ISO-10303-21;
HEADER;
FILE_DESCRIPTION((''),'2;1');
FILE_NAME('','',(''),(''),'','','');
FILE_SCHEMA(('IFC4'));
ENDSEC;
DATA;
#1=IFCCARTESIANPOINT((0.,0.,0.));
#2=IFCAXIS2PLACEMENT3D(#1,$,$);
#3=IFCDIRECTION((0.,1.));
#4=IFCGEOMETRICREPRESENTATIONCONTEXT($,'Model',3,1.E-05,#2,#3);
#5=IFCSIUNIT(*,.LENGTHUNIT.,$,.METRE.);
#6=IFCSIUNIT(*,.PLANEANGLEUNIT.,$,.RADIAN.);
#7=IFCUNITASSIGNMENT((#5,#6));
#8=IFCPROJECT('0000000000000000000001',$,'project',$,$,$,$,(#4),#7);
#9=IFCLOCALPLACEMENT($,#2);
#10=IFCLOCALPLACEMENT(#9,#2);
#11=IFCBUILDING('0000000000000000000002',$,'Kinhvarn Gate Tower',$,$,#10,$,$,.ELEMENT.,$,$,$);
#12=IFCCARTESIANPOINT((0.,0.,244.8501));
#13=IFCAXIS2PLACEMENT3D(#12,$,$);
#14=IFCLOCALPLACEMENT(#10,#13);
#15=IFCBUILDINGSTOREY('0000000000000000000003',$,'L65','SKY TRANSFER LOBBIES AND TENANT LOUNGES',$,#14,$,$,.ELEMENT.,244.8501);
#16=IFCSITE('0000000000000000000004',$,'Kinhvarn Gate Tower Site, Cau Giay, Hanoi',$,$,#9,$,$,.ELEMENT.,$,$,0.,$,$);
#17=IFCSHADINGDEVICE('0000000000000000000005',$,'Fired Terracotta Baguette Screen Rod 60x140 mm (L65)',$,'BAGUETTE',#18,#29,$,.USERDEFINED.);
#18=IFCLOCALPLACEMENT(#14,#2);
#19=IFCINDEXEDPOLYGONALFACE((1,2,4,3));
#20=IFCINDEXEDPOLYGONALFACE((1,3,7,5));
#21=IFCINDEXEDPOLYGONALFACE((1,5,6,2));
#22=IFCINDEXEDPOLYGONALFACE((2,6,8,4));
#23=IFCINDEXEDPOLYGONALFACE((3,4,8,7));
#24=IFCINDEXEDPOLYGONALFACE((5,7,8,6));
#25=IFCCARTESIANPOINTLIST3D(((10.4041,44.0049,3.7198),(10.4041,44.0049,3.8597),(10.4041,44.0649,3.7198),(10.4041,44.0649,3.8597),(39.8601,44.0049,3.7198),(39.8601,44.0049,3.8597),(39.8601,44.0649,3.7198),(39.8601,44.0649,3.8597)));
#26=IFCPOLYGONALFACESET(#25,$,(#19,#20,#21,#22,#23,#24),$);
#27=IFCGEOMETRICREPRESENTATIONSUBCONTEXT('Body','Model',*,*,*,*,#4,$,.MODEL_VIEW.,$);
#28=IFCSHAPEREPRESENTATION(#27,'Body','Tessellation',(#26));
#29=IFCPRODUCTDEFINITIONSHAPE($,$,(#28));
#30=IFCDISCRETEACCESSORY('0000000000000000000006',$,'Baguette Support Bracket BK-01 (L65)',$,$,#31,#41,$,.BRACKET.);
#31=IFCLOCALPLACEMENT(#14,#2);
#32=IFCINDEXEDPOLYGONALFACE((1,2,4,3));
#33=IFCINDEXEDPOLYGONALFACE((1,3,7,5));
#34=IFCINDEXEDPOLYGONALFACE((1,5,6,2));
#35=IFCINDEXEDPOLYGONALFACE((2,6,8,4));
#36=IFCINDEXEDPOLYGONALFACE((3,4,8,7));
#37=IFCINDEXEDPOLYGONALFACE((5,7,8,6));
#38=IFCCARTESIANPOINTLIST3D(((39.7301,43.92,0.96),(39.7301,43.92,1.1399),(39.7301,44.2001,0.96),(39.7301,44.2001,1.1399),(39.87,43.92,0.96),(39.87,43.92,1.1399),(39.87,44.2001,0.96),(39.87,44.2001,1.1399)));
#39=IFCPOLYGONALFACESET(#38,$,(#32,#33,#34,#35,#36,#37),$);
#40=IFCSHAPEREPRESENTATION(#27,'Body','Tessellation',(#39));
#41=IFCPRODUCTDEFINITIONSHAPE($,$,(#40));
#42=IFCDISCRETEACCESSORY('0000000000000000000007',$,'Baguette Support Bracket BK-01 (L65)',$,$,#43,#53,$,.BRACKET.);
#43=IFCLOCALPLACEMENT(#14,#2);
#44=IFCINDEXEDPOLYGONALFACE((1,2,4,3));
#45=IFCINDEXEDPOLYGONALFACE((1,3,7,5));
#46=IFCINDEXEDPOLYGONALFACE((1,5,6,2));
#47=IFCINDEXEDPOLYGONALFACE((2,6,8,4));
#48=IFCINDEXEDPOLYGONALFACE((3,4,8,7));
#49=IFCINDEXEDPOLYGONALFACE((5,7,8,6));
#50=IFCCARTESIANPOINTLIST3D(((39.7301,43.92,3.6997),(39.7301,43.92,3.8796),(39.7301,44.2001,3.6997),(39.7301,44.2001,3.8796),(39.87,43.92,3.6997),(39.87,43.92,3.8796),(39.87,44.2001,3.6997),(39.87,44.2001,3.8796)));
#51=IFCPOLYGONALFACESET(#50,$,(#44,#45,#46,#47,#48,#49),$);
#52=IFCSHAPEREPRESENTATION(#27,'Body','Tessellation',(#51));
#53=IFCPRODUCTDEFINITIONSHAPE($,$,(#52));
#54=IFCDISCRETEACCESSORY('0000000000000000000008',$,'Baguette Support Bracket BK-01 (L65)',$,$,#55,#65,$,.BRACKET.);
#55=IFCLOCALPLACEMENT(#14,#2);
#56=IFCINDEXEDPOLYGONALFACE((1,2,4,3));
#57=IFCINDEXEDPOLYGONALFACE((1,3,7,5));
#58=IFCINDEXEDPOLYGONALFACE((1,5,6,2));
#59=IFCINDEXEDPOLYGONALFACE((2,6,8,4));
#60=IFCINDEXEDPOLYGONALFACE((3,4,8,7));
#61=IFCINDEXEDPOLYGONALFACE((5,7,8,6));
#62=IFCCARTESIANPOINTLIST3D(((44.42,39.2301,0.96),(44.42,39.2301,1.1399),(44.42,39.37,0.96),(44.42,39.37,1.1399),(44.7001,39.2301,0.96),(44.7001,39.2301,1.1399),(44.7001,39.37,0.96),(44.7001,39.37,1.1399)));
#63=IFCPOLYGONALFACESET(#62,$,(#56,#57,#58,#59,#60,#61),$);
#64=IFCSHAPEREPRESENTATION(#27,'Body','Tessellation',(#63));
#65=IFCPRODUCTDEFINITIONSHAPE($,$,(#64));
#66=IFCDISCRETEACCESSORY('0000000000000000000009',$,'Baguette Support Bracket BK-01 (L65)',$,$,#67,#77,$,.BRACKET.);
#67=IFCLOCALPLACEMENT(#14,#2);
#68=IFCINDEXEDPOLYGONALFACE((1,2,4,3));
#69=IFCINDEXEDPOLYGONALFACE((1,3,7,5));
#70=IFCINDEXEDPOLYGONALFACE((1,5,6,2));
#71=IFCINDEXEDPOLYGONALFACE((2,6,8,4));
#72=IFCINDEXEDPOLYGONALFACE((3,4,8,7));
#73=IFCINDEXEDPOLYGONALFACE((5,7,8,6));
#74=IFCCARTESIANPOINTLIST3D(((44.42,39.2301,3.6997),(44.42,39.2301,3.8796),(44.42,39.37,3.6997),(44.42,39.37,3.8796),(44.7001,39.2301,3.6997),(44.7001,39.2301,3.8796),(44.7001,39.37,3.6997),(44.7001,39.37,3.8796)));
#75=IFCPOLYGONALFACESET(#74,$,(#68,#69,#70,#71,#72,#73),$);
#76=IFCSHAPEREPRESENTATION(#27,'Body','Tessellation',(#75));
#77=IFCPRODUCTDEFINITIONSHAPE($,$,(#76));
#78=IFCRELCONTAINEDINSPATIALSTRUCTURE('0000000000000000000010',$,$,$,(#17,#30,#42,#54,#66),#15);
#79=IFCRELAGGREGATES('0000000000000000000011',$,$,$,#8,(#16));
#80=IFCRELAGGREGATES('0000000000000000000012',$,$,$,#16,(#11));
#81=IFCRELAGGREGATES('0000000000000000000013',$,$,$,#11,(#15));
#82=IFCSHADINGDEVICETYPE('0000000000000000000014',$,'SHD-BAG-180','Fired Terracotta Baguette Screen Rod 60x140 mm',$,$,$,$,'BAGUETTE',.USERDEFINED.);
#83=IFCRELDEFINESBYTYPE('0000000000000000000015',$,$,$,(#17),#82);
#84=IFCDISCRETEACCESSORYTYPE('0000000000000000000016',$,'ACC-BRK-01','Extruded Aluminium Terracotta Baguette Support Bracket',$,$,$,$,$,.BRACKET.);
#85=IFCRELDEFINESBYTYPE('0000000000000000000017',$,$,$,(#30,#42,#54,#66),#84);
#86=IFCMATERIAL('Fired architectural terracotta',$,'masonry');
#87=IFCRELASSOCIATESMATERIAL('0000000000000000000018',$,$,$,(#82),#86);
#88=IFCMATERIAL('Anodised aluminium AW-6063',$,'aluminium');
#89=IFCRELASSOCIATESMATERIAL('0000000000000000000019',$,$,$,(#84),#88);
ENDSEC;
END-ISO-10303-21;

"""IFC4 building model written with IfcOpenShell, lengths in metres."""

from ifc_helpers import new_model, si_unit, direction, frame, origin, origin_2d, place, context, subcontext, project, spatial, rectangle, extrude, material, material_profile, profile_set, type_object, element, save


model = new_model("IFC4")

# Units and contexts
model_context = context("Model", 3, precision=1e-05, world=origin(), true_north=direction((0.0, 1.0)))
body_context = subcontext(model_context, "Body", "Model", "MODEL_VIEW")
ifc_project = project(units=[si_unit("LENGTHUNIT", "METRE"), si_unit("PLANEANGLEUNIT", "RADIAN")], contexts=[model_context])

# Site, building, storey
site_placement = place(None, origin())
site = spatial("IfcSite", under=ifc_project, at=site_placement, Name="Kinhvarn Gate Tower Site, Cau Giay, Hanoi", CompositionType="ELEMENT", RefElevation=0.0)
building_placement = place(site_placement, origin())
building = spatial("IfcBuilding", under=site, at=building_placement, Name="Kinhvarn Gate Tower", CompositionType="ELEMENT")
storey_placement = place(building_placement, frame((0.0, 0.0, 244.8501)))
storey = spatial("IfcBuildingStorey", under=building, at=storey_placement, Name="L65", Description="SKY TRANSFER LOBBIES AND TENANT LOUNGES", CompositionType="ELEMENT", Elevation=244.8501)

# Shared definitions
ifc_material_1 = material(Name="Anodised aluminium AW-6063", Category="aluminium")

# Shading device
ifc_material_2 = material(Name="Fired architectural terracotta", Category="masonry")
ifc_material_profile_1 = material_profile(ifc_material_2, rectangle(XDim=0.0601, YDim=0.1399, at=origin_2d()), Name="TC 60x140")
ifc_profile_set_1 = profile_set([ifc_material_profile_1], Name="Fired architectural terracotta")
shading_device_type = type_object("IfcShadingDeviceType", Name="SHD-BAG-180", Description="Fired Terracotta Baguette Screen Rod 60x140 mm", ElementType="BAGUETTE", PredefinedType="USERDEFINED", material=ifc_profile_set_1)
for number, where, z_axis, x_axis, name in (
    (1, (39.8601, 44.0349, 3.7898), (-1.0, 0.0, 0.0), (0.0, -1.0, 0.0), "Fired Terracotta Baguette Screen Rod 60x140 mm (L65)"),
):
    element("IfcShadingDevice", number, at=place(storey_placement, frame(where, z_axis=z_axis, x_axis=x_axis)), inside=storey, type_object=shading_device_type, Name=name, ObjectType="BAGUETTE", PredefinedType="USERDEFINED", context=body_context, shape_type="SweptSolid", body=[
        extrude(rectangle(XDim=0.0601, YDim=0.1399, at=origin_2d()), origin(), (0.0, 0.0, 1.0), 29.4561),
    ])

# Discrete accessories
discrete_accessory_type = type_object("IfcDiscreteAccessoryType", Name="ACC-BRK-01", Description="Extruded Aluminium Terracotta Baguette Support Bracket", PredefinedType="BRACKET", material=ifc_material_1)
for number, where, z_axis, x_axis, name in (
    (2, (39.8, 44.0601, 0.96), (0.0, 0.0, 1.0), (-1.0, 0.0, 0.0), "Baguette Support Bracket BK-01 (L65)"),
    (3, (39.8, 44.0601, 3.6997), (0.0, 0.0, 1.0), (-1.0, 0.0, 0.0), "Baguette Support Bracket BK-01 (L65)"),
    (4, (44.5601, 39.3, 0.96), (0.0, 0.0, 1.0), (0.0, 1.0, 0.0), "Baguette Support Bracket BK-01 (L65)"),
    (5, (44.5601, 39.3, 3.6997), (0.0, 0.0, 1.0), (0.0, 1.0, 0.0), "Baguette Support Bracket BK-01 (L65)"),
):
    element("IfcDiscreteAccessory", number, at=place(storey_placement, frame(where, z_axis=z_axis, x_axis=x_axis)), inside=storey, type_object=discrete_accessory_type, Name=name, PredefinedType="BRACKET", context=body_context, shape_type="SweptSolid", body=[
        extrude(rectangle(XDim=0.1399, YDim=0.28, at=origin_2d()), origin(), (0.0, 0.0, 1.0), 0.1799),
    ])

save(model, "model.ifc")
